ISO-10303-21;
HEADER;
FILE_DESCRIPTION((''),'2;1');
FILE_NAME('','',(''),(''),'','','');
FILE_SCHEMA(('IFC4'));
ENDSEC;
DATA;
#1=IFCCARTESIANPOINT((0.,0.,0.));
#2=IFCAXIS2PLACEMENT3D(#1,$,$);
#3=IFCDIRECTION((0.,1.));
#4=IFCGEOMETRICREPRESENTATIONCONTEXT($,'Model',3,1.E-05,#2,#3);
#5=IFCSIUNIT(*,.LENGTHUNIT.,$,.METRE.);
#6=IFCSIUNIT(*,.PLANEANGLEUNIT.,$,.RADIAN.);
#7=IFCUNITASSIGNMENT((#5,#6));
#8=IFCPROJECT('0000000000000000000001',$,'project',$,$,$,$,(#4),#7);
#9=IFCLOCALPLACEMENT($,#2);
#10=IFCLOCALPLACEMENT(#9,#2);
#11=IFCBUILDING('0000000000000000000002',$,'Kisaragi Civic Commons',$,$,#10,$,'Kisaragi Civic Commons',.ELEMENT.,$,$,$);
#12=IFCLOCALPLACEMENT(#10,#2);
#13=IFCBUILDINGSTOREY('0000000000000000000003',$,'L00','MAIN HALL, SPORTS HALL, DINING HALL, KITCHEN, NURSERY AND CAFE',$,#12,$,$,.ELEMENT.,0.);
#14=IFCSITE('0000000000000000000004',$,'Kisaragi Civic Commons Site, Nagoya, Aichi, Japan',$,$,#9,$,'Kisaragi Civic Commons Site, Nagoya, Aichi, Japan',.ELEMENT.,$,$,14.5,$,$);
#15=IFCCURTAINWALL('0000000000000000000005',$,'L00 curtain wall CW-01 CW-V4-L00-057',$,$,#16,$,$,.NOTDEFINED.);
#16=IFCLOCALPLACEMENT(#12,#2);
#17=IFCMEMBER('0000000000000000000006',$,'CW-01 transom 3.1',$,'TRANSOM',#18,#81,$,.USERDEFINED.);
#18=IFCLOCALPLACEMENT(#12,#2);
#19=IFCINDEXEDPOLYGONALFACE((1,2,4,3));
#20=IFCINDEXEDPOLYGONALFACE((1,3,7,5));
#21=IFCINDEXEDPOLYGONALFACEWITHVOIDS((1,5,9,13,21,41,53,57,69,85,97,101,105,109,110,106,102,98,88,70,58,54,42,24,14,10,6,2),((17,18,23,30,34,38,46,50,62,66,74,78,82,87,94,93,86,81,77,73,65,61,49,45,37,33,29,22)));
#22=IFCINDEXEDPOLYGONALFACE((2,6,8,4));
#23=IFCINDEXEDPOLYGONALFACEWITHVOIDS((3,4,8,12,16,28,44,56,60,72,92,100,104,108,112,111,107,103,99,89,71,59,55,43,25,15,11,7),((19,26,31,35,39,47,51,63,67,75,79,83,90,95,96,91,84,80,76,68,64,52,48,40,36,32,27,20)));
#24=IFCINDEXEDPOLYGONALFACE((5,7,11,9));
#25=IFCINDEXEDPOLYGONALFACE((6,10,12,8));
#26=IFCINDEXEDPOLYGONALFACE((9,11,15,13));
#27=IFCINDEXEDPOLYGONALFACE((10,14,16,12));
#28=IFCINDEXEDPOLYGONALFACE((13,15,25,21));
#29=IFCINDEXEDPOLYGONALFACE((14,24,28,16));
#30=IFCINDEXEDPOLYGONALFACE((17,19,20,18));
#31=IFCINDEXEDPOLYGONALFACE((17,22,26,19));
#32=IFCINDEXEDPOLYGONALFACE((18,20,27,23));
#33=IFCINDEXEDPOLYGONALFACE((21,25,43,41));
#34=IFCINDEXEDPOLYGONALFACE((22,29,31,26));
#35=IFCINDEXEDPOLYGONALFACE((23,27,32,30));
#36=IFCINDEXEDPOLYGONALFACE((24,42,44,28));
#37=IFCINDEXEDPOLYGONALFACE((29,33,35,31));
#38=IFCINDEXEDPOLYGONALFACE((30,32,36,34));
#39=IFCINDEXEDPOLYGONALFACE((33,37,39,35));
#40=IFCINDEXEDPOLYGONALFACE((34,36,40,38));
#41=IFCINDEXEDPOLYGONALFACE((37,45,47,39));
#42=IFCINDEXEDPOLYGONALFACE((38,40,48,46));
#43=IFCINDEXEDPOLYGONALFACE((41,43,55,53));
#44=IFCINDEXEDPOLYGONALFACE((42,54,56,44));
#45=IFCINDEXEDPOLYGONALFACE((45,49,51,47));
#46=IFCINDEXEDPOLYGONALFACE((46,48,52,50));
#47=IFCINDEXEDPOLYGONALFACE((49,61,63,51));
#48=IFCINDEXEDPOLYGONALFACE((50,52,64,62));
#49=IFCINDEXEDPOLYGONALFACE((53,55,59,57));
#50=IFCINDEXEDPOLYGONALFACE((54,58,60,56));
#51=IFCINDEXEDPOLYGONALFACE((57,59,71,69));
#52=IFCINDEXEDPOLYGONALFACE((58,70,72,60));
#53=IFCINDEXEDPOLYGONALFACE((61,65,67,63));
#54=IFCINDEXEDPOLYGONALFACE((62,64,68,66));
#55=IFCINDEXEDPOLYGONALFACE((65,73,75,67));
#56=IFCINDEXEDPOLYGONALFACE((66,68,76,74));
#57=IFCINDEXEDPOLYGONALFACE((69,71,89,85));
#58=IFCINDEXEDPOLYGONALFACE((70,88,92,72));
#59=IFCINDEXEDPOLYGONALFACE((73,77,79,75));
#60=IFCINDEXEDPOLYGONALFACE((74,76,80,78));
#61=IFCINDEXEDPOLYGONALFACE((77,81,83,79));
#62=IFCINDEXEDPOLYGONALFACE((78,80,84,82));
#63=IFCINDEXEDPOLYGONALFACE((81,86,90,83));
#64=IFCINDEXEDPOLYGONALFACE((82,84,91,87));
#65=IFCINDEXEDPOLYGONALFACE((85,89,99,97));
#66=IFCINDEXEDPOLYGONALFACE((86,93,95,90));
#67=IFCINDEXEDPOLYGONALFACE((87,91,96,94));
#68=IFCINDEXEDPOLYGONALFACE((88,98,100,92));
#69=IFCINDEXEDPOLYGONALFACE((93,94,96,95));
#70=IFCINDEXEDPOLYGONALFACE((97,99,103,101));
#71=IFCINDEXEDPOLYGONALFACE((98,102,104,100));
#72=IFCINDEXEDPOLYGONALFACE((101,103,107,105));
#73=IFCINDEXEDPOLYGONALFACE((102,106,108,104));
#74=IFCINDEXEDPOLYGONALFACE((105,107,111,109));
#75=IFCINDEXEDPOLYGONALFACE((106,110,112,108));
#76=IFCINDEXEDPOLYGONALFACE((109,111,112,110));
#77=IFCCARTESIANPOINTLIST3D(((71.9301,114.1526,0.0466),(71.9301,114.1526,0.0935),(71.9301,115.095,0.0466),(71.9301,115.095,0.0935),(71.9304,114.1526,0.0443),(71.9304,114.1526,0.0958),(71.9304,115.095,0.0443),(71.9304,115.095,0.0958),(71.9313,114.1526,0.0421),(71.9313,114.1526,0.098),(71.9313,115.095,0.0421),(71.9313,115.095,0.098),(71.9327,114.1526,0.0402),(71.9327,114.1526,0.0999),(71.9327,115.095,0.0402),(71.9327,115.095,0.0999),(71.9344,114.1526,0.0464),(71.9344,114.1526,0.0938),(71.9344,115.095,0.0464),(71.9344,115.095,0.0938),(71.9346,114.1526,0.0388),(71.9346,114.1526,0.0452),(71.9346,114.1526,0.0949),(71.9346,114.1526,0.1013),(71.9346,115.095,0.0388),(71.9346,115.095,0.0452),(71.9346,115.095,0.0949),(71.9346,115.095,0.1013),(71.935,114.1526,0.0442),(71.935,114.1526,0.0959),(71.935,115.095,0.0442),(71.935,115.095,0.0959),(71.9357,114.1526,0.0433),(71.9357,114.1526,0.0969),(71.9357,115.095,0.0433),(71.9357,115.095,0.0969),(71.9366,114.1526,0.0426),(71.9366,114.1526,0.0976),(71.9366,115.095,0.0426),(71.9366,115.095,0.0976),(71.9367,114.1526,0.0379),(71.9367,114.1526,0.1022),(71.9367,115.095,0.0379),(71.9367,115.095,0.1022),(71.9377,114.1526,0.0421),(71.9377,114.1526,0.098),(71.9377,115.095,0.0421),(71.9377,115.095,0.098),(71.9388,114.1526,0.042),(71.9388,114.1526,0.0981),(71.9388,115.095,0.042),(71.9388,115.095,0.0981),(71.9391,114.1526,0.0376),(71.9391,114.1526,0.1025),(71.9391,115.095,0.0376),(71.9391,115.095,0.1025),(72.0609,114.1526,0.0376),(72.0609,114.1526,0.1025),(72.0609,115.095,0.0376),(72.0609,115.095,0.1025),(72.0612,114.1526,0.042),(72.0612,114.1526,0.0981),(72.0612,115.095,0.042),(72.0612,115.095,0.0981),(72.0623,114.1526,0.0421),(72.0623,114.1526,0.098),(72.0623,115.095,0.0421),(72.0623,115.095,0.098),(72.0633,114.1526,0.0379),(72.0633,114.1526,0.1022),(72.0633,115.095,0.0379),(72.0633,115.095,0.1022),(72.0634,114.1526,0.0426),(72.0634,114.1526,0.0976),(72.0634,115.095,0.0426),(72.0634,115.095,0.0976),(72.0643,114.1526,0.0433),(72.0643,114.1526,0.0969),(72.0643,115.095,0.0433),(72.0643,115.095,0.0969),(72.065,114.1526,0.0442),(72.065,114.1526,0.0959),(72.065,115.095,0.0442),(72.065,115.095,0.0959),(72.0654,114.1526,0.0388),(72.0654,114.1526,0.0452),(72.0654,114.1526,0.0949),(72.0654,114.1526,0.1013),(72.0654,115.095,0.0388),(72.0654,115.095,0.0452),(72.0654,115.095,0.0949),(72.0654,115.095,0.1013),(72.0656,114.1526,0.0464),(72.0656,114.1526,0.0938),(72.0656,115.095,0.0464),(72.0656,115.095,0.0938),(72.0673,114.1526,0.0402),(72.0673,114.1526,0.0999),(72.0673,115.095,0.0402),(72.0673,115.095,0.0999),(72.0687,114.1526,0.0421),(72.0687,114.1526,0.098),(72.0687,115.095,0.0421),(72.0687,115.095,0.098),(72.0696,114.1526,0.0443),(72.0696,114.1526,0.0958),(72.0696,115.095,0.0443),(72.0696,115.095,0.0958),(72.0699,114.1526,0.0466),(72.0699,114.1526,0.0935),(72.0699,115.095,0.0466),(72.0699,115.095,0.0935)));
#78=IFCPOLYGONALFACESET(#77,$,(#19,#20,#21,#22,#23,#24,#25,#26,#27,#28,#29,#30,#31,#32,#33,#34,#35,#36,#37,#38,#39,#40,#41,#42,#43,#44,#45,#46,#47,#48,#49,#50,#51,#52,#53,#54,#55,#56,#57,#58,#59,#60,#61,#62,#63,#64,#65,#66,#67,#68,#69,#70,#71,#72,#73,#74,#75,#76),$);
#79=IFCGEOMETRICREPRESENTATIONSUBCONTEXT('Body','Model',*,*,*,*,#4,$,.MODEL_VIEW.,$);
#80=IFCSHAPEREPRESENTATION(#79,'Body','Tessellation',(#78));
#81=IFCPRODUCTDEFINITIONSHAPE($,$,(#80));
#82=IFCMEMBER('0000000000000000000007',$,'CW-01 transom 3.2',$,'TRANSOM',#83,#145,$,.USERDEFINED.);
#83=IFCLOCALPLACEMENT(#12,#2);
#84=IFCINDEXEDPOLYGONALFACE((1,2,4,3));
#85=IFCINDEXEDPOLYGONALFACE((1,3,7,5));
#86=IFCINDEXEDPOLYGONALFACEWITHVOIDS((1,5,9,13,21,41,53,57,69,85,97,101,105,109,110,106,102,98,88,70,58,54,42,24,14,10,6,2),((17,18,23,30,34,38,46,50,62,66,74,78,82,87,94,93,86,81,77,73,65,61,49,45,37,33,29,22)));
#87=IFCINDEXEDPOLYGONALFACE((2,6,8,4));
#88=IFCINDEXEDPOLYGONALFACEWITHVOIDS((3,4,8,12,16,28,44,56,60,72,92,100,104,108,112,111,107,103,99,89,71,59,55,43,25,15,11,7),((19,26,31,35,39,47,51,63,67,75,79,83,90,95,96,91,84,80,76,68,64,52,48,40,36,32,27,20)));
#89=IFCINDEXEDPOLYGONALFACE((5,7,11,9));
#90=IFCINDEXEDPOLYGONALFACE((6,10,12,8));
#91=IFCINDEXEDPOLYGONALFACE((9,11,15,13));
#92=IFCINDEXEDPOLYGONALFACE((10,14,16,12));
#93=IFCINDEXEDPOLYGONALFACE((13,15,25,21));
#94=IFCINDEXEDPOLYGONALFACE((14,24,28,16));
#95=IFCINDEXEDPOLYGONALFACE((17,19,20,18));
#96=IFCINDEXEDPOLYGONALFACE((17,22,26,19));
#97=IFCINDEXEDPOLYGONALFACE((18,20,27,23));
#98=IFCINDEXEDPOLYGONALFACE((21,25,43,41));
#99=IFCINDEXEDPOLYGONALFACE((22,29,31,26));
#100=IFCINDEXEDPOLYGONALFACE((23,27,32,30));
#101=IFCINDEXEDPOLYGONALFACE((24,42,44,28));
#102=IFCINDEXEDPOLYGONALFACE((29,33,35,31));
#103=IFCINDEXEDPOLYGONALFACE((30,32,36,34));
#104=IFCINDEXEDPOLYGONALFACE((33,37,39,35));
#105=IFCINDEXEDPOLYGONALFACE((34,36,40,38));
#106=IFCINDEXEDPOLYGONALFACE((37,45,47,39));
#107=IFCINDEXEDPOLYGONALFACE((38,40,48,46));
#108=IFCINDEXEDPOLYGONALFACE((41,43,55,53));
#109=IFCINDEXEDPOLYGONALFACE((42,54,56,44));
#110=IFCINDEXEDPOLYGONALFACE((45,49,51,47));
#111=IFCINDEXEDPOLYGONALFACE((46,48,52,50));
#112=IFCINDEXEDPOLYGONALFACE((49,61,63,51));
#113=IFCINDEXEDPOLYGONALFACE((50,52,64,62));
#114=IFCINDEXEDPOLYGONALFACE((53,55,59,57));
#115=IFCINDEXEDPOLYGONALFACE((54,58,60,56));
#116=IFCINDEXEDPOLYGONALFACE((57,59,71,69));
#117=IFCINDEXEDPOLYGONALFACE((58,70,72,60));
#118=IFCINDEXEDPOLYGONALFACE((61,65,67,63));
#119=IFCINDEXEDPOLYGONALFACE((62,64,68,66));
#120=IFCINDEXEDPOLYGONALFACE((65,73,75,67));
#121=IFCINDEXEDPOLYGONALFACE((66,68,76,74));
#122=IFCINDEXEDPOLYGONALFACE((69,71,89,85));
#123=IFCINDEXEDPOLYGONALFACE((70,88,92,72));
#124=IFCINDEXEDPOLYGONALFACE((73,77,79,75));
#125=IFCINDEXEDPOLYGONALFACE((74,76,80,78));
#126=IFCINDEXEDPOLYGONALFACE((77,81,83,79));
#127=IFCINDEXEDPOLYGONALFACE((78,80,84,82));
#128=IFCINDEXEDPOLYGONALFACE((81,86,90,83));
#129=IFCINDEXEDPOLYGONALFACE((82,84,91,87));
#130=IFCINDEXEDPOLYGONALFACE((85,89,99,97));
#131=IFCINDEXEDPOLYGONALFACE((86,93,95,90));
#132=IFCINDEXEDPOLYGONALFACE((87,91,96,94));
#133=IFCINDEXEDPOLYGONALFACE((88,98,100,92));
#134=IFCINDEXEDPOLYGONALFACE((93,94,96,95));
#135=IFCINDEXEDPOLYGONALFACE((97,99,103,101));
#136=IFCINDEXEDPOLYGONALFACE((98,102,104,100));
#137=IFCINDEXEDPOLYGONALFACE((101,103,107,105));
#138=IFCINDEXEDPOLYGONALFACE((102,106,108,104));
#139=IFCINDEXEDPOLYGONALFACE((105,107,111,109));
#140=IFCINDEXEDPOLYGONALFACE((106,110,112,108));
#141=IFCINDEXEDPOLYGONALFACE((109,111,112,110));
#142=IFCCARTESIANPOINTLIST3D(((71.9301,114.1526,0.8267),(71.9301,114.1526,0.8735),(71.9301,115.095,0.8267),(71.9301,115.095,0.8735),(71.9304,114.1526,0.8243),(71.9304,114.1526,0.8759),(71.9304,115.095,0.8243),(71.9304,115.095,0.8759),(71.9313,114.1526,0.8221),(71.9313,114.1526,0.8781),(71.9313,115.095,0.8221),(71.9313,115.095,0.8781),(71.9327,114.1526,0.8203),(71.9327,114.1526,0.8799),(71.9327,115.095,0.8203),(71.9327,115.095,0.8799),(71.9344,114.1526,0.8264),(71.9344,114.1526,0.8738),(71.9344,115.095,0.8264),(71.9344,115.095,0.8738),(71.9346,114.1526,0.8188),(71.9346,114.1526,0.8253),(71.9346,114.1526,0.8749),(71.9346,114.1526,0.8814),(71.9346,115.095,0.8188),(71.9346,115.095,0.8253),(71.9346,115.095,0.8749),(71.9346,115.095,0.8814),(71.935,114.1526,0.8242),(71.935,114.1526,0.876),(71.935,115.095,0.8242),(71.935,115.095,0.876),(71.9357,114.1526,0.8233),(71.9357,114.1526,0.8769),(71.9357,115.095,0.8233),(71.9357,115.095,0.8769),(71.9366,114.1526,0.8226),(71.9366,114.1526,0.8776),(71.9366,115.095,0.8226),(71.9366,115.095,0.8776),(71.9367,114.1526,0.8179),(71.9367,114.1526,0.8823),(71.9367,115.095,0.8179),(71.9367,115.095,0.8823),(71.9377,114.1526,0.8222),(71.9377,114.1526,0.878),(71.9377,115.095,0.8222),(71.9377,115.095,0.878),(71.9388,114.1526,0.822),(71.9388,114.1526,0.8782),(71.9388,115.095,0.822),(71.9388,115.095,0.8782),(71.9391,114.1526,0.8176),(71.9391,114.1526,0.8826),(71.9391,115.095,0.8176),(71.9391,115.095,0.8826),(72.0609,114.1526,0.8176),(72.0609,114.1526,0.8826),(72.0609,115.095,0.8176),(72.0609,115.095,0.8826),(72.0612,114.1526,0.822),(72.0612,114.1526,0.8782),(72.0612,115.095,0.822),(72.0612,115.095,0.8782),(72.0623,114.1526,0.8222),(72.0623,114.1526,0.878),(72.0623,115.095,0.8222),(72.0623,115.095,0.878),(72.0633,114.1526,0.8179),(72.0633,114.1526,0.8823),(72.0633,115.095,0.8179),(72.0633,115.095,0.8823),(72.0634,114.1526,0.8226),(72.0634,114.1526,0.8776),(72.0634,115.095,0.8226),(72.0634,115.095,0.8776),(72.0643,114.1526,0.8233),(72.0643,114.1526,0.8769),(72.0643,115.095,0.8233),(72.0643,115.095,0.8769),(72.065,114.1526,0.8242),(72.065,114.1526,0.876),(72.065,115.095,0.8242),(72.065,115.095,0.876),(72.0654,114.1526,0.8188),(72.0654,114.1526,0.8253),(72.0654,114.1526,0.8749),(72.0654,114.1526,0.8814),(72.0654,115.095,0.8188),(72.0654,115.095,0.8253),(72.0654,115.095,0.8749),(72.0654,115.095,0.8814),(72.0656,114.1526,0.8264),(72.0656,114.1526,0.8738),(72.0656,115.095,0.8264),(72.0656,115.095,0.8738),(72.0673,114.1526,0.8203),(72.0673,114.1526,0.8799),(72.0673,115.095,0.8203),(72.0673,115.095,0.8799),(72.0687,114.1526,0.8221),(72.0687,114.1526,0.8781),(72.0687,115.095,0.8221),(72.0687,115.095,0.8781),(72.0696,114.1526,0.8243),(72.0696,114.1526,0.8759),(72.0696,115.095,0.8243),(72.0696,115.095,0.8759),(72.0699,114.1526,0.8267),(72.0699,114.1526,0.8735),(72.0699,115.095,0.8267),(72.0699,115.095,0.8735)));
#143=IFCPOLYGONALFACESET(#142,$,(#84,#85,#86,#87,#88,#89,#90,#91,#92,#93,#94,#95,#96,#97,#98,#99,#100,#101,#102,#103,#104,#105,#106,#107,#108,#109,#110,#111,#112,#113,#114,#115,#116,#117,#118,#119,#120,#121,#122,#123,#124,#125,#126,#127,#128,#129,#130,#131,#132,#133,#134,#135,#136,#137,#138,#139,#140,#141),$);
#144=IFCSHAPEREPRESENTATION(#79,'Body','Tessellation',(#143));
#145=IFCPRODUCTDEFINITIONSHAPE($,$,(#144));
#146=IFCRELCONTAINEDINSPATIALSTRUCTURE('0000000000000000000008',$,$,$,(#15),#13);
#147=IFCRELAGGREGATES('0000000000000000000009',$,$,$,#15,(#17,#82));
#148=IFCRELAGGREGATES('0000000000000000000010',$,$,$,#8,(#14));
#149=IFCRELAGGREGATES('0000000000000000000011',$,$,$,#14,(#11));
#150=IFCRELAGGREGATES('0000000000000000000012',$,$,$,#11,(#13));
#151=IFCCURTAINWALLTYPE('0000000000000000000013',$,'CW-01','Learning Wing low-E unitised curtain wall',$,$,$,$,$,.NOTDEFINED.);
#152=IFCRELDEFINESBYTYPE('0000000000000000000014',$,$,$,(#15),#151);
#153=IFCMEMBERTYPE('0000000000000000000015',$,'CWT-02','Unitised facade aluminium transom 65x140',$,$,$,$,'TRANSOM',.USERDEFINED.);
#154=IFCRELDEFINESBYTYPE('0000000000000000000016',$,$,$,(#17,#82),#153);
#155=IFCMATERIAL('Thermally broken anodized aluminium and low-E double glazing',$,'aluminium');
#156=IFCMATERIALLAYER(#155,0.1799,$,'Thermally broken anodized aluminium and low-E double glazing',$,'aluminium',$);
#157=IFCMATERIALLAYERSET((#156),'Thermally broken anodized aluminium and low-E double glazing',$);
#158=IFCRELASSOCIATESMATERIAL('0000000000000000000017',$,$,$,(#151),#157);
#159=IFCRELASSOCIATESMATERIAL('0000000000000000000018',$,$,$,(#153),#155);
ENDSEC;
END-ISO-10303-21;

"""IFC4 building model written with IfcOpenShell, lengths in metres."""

from ifc_helpers import new_model, si_unit, direction, frame, origin, origin_2d, place, context, subcontext, project, spatial, hollow_rectangle, extrude, material, layer, layer_set, material_profile, profile_set, type_object, element, aggregate, save


model = new_model("IFC4")

# Units and contexts
model_context = context("Model", 3, precision=1e-05, world=origin(), true_north=direction((0.0, 1.0)))
body_context = subcontext(model_context, "Body", "Model", "MODEL_VIEW")
ifc_project = project(units=[si_unit("LENGTHUNIT", "METRE"), si_unit("PLANEANGLEUNIT", "RADIAN")], contexts=[model_context])

# Site, building, storey
site_placement = place(None, origin())
site = spatial("IfcSite", under=ifc_project, at=site_placement, Name="Kisaragi Civic Commons Site, Nagoya, Aichi, Japan", LongName="Kisaragi Civic Commons Site, Nagoya, Aichi, Japan", CompositionType="ELEMENT", RefElevation=14.5)
building_placement = place(site_placement, origin())
building = spatial("IfcBuilding", under=site, at=building_placement, Name="Kisaragi Civic Commons", LongName="Kisaragi Civic Commons", CompositionType="ELEMENT")
storey_placement = place(building_placement, origin())
storey = spatial("IfcBuildingStorey", under=building, at=storey_placement, Name="L00", Description="MAIN HALL, SPORTS HALL, DINING HALL, KITCHEN, NURSERY AND CAFE", CompositionType="ELEMENT", Elevation=0.0)

# Curtain wall, members
ifc_material_1 = material(Name="Thermally broken anodized aluminium and low-E double glazing", Category="aluminium")
ifc_layer_1 = layer(ifc_material_1, 0.1799, Name="Thermally broken anodized aluminium and low-E double glazing", Category="aluminium")
ifc_layer_set_1 = layer_set([ifc_layer_1], Name="Thermally broken anodized aluminium and low-E double glazing")
curtain_wall_type = type_object("IfcCurtainWallType", Name="CW-01", Description="Learning Wing low-E unitised curtain wall", PredefinedType="NOTDEFINED", material=ifc_layer_set_1)
curtain_wall_placement = place(storey_placement, origin())
curtain_wall = element("IfcCurtainWall", 1, at=curtain_wall_placement, inside=storey, type_object=curtain_wall_type, Name="L00 curtain wall CW-01 CW-V4-L00-057", PredefinedType="NOTDEFINED")
ifc_material_profile_1 = material_profile(ifc_material_1, hollow_rectangle(XDim=0.1399, YDim=0.0649, WallThickness=0.0044, InnerFilletRadius=0.0044, OuterFilletRadius=0.009, at=origin_2d()), Name="CWT-65x140x4.5", Category="aluminium")
ifc_profile_set_1 = profile_set([ifc_material_profile_1], Name="Thermally broken anodized aluminium and low-E double glazing")
member_type_1 = type_object("IfcMemberType", Name="CWT-02", Description="Unitised facade aluminium transom 65x140", ElementType="TRANSOM", PredefinedType="USERDEFINED", material=ifc_profile_set_1)
member_1_placement = place(storey_placement, frame((72.0, 114.1526, 0.0701), z_axis=(0.0, 1.0, 0.0), x_axis=(-1.0, 0.0, 0.0)))
member_1 = element("IfcMember", 2, at=member_1_placement, type_object=member_type_1, Name="CW-01 transom 3.1", ObjectType="TRANSOM", PredefinedType="USERDEFINED", context=body_context, shape_type="SweptSolid", body=[
    extrude(hollow_rectangle(XDim=0.1399, YDim=0.0649, WallThickness=0.0044, InnerFilletRadius=0.0044, OuterFilletRadius=0.009, at=origin_2d()), origin(), (0.0, 0.0, 1.0), 0.9424),
])
member_2_placement = place(storey_placement, frame((72.0, 114.1526, 0.8501), z_axis=(0.0, 1.0, 0.0), x_axis=(-1.0, 0.0, 0.0)))
member_2 = element("IfcMember", 3, at=member_2_placement, type_object=member_type_1, Name="CW-01 transom 3.2", ObjectType="TRANSOM", PredefinedType="USERDEFINED", context=body_context, shape_type="SweptSolid", body=[
    extrude(hollow_rectangle(XDim=0.1399, YDim=0.0649, WallThickness=0.0044, InnerFilletRadius=0.0044, OuterFilletRadius=0.009, at=origin_2d()), origin(), (0.0, 0.0, 1.0), 0.9424),
])

aggregate(curtain_wall, [member_1, member_2])

save(model, "model.ifc")
